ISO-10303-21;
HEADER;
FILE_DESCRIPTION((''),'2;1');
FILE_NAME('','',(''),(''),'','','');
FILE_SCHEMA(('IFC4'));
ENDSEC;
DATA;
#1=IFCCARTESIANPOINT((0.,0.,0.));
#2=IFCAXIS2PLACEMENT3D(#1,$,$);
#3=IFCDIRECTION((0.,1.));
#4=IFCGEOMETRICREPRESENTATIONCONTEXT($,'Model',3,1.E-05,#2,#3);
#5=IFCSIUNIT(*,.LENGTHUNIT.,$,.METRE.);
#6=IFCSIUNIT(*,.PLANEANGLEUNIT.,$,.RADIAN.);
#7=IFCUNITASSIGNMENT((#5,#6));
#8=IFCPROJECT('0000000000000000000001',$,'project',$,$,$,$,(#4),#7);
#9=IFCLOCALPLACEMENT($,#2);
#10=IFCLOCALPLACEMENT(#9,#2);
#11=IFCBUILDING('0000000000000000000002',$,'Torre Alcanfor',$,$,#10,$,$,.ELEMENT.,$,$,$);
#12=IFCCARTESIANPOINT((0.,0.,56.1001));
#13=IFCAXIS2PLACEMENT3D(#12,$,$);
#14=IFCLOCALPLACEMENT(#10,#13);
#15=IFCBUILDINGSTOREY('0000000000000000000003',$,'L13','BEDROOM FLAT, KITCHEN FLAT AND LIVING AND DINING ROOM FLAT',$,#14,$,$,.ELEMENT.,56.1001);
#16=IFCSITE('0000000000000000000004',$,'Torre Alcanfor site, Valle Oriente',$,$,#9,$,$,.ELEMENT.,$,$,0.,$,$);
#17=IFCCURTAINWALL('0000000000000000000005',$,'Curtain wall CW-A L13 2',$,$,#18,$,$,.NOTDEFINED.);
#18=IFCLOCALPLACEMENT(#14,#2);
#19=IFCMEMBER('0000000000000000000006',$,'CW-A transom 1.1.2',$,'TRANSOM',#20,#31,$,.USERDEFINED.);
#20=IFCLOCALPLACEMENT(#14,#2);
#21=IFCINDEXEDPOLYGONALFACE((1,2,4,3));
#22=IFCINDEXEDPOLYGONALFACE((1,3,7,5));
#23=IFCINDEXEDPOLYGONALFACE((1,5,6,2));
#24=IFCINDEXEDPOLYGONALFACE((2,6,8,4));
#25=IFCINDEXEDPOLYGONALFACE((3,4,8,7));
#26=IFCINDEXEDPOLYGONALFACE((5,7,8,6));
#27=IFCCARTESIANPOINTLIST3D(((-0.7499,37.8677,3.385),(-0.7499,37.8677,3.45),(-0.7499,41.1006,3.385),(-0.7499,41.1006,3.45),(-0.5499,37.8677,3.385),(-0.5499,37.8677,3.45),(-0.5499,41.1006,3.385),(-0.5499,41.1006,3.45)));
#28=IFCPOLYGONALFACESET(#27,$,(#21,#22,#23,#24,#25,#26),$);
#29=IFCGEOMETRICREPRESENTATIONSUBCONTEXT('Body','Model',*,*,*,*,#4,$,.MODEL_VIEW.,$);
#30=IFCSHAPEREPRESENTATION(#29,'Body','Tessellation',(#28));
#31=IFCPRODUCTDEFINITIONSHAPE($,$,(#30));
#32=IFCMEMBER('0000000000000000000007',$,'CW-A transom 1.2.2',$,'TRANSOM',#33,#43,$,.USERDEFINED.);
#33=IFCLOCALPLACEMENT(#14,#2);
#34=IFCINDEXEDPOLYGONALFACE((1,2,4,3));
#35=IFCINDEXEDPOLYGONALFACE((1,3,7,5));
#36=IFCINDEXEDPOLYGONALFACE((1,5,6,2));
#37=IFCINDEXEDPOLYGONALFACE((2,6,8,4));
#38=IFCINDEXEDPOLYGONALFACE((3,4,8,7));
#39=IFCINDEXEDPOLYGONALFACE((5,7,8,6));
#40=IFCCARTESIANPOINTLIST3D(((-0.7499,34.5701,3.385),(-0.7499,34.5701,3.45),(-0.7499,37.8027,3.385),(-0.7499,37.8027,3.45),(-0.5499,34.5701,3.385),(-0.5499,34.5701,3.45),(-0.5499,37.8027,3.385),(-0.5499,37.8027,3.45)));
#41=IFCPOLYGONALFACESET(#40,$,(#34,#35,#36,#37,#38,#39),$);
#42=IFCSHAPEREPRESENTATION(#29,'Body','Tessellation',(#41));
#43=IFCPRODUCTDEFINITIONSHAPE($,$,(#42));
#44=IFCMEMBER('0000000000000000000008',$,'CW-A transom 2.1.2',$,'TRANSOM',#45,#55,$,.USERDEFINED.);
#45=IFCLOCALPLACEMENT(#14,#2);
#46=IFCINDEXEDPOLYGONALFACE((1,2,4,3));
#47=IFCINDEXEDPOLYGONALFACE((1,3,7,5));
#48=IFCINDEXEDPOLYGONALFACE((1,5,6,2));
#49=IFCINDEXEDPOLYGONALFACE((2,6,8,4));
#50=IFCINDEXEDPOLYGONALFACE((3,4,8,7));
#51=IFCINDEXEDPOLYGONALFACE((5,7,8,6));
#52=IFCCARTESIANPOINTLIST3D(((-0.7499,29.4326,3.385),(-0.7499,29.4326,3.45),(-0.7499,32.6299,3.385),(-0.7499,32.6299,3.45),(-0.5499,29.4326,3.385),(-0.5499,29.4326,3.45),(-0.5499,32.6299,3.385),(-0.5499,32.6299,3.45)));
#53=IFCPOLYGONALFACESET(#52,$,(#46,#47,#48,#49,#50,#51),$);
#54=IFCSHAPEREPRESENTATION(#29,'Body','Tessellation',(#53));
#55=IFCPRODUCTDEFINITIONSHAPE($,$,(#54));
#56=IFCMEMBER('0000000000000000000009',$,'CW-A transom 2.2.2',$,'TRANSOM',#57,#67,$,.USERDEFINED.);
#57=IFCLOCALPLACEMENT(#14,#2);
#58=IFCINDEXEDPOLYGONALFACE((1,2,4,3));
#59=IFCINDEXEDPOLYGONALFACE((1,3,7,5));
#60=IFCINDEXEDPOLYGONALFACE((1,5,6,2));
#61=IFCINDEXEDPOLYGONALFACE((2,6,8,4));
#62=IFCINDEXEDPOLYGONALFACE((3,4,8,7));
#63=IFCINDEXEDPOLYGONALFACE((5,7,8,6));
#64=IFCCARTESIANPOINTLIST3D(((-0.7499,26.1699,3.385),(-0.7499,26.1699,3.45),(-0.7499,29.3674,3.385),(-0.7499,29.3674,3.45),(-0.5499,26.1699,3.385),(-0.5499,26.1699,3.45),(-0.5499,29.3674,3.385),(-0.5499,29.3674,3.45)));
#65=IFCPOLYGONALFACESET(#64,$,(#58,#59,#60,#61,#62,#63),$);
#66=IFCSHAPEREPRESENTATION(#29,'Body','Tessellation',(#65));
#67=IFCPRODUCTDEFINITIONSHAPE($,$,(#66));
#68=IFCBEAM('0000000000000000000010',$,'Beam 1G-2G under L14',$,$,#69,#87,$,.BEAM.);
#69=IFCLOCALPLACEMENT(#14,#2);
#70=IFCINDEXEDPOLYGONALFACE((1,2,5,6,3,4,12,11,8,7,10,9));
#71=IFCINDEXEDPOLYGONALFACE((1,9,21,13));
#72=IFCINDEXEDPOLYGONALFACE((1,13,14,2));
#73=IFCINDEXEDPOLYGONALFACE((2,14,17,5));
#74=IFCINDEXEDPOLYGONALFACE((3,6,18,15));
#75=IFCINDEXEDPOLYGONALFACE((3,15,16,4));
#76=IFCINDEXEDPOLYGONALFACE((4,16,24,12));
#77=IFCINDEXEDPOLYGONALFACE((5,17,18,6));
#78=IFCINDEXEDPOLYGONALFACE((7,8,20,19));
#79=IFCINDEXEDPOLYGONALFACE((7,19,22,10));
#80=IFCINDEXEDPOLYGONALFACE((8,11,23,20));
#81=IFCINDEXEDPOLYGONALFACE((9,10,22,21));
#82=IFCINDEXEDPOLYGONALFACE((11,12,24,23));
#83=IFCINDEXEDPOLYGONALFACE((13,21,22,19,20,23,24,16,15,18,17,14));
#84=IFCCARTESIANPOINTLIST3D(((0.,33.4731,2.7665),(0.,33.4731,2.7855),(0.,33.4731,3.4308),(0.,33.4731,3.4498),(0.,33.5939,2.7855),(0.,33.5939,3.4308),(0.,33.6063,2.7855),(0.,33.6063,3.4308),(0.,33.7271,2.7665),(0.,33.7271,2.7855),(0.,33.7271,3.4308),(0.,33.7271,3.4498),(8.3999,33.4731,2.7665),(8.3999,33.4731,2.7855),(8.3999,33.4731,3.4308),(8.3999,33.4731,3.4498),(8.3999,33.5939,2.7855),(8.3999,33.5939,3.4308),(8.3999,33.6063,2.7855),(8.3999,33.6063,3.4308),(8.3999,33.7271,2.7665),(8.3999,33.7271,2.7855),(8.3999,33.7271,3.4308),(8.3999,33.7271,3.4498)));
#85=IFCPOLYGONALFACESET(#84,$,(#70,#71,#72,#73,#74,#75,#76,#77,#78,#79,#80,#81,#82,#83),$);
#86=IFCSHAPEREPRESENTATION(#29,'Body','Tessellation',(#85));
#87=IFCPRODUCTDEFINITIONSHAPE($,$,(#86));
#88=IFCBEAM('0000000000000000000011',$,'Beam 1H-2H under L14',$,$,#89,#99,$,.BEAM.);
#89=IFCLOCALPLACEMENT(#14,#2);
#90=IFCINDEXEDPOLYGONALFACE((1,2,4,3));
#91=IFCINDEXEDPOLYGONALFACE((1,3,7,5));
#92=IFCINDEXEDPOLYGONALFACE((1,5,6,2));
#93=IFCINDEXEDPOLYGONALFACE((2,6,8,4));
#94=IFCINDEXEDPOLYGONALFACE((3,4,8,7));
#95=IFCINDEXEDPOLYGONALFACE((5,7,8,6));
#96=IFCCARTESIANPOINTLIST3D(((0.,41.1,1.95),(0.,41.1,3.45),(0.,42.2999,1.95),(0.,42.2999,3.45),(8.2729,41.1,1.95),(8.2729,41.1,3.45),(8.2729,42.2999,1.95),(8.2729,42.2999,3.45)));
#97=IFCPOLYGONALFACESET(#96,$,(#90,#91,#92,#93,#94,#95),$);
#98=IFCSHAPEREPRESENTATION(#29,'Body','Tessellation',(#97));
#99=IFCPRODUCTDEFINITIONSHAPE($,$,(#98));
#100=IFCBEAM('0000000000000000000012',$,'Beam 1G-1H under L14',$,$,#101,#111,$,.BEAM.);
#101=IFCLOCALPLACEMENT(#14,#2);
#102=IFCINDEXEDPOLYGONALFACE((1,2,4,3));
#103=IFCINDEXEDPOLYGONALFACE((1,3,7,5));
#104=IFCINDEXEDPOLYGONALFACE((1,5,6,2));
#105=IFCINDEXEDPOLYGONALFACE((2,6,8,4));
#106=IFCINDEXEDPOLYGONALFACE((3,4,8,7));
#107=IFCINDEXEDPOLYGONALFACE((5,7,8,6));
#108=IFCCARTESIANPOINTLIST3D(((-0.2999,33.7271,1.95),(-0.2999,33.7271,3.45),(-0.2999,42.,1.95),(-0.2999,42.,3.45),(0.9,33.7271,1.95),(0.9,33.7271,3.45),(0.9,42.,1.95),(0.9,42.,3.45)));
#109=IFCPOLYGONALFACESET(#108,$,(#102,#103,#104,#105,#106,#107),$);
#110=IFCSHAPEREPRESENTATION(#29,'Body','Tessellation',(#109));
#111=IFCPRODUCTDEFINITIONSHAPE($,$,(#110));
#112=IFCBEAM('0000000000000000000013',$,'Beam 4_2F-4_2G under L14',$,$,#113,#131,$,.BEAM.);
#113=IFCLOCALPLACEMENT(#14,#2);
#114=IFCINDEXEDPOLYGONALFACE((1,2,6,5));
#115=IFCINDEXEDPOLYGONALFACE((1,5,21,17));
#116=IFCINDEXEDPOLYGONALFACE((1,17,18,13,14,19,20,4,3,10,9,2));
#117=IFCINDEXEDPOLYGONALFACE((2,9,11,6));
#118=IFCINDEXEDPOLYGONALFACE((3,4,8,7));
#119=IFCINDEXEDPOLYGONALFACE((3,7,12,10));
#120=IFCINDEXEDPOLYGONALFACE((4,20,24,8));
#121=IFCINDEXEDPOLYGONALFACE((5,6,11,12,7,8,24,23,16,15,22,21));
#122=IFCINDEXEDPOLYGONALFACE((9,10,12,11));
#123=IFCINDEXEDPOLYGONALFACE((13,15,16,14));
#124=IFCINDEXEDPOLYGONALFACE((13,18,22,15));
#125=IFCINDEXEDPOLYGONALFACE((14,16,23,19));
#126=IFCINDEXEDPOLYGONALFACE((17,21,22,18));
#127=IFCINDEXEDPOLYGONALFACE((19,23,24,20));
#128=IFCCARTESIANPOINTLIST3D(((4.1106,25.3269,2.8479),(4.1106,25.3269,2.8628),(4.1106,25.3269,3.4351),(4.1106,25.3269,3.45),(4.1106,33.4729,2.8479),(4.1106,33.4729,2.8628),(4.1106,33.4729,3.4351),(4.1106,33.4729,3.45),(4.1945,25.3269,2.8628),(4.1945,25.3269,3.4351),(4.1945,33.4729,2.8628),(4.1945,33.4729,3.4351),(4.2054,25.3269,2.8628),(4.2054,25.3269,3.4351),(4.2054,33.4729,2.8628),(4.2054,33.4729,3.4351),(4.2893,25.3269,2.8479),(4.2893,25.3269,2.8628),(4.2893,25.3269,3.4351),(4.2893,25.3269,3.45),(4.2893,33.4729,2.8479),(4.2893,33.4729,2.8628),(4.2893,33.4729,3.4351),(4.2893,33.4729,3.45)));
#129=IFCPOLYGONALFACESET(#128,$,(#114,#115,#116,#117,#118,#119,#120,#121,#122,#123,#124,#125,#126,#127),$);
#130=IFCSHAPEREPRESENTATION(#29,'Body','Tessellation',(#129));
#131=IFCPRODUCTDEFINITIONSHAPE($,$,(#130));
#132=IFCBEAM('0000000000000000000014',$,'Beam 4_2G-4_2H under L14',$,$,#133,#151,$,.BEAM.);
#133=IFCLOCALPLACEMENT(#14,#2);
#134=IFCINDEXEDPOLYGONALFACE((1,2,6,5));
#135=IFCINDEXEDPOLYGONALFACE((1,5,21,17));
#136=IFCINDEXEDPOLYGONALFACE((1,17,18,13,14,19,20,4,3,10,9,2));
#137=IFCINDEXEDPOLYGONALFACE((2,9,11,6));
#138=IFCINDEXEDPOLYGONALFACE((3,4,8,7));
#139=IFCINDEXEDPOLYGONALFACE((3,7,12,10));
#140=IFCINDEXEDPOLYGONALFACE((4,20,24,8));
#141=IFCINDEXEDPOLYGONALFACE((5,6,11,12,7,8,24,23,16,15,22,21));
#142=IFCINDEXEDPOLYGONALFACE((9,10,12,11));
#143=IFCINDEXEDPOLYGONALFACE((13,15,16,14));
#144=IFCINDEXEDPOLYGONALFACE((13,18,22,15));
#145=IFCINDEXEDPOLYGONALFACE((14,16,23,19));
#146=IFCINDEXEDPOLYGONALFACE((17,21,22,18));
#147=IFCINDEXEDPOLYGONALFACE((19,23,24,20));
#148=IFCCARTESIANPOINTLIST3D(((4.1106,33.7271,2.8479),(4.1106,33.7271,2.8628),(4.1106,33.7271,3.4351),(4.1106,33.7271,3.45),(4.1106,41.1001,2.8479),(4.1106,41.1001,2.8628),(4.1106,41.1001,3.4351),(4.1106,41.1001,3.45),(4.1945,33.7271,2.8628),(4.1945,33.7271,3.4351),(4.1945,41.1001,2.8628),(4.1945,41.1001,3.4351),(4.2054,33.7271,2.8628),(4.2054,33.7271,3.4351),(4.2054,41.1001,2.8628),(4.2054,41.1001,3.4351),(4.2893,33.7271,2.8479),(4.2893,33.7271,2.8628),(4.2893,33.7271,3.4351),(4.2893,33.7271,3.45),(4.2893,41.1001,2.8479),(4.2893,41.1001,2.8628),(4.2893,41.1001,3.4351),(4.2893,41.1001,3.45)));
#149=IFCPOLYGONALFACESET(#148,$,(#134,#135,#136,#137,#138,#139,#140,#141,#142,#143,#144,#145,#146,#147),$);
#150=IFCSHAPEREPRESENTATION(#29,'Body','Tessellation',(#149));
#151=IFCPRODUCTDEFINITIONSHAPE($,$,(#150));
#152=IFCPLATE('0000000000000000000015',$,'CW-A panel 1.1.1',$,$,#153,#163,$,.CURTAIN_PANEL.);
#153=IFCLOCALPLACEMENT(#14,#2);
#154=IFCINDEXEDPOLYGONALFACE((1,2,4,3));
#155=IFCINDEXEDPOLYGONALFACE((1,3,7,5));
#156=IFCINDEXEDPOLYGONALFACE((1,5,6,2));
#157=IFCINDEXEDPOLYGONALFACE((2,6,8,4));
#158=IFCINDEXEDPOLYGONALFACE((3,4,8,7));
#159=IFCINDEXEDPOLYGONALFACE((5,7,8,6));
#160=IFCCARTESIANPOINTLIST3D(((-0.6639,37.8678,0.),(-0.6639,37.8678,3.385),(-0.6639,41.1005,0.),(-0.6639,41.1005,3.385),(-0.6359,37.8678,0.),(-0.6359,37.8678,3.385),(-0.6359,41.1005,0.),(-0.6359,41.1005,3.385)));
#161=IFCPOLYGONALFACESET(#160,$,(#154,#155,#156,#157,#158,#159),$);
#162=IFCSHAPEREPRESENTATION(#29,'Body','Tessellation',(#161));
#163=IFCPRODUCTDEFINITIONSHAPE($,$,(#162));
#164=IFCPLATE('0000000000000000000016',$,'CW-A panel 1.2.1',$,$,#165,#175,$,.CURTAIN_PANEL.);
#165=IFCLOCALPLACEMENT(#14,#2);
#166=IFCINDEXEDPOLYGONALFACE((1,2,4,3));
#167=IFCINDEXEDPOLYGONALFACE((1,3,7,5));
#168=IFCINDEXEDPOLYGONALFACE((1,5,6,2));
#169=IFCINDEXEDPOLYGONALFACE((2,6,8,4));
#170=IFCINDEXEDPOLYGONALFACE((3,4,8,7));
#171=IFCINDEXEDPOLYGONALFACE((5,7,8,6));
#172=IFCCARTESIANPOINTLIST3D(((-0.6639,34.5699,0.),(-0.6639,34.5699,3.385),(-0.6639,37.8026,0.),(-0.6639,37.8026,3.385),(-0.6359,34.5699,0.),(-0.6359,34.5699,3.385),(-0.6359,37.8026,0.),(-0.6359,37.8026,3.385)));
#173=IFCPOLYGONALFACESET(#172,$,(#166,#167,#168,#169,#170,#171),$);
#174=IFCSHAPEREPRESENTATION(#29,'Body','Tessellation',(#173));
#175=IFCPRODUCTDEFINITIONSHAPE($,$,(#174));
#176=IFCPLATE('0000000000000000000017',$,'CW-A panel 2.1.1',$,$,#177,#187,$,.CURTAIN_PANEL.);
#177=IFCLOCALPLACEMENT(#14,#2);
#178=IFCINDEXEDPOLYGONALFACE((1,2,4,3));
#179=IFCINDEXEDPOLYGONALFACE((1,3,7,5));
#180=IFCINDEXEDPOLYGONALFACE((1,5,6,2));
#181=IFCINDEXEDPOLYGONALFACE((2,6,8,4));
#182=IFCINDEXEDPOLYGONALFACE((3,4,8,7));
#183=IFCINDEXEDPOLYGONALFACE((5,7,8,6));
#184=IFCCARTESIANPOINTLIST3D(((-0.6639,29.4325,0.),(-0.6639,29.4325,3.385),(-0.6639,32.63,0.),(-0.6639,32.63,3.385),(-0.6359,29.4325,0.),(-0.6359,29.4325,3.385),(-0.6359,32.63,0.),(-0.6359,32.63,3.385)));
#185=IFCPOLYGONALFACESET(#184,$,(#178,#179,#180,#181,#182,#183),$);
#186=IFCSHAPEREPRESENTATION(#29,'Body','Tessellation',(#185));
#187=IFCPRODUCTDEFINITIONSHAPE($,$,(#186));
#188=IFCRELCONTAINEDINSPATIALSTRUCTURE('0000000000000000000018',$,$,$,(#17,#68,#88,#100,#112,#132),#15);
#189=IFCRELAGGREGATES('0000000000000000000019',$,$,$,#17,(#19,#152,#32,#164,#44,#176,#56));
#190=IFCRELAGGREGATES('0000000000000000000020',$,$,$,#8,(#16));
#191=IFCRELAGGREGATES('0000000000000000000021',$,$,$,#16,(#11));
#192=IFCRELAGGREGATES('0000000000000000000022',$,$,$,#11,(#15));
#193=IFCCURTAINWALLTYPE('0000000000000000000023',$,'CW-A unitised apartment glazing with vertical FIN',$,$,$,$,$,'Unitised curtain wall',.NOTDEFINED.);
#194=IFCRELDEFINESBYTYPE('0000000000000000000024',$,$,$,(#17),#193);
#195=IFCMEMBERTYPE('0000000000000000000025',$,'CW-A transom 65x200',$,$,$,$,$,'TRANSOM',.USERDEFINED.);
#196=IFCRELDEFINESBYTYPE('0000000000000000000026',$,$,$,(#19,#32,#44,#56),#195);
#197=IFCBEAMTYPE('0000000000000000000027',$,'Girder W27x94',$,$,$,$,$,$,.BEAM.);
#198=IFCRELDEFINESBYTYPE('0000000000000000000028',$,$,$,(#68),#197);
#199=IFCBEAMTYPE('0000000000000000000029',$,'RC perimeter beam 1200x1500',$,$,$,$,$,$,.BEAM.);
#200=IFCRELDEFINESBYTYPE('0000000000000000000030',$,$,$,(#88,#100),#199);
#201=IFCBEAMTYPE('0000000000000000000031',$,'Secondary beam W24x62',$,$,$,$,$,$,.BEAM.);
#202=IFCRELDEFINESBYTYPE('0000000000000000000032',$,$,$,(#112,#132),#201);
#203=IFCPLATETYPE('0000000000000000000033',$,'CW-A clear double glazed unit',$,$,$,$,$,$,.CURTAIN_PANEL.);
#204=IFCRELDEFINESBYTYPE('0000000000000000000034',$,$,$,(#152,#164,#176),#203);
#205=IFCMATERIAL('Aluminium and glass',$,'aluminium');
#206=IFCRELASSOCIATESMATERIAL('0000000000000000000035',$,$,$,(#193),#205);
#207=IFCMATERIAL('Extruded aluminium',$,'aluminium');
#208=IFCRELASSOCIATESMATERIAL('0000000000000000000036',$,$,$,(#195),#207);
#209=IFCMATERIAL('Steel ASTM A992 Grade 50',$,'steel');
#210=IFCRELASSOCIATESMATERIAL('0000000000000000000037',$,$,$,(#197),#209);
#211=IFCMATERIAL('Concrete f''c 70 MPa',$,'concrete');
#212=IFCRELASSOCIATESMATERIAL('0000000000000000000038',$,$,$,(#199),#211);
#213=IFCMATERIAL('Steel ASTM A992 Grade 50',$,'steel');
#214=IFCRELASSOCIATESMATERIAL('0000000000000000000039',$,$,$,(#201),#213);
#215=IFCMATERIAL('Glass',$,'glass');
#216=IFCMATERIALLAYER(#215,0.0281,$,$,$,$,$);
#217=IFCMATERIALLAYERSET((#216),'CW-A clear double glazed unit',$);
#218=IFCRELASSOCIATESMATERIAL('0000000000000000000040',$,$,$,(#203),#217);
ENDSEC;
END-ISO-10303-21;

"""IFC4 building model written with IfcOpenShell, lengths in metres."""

from ifc_helpers import new_model, si_unit, direction, frame, origin, origin_2d, place, context, subcontext, project, spatial, rectangle, i_section, extrude, material, layer, layer_set, material_profile, profile_set, type_object, element, aggregate, save


model = new_model("IFC4")

# Units and contexts
model_context = context("Model", 3, precision=1e-05, world=origin(), true_north=direction((0.0, 1.0)))
body_context = subcontext(model_context, "Body", "Model", "MODEL_VIEW")
ifc_project = project(units=[si_unit("LENGTHUNIT", "METRE"), si_unit("PLANEANGLEUNIT", "RADIAN")], contexts=[model_context])

# Site, building, storey
site_placement = place(None, origin())
site = spatial("IfcSite", under=ifc_project, at=site_placement, Name="Torre Alcanfor site, Valle Oriente", CompositionType="ELEMENT", RefElevation=0.0)
building_placement = place(site_placement, origin())
building = spatial("IfcBuilding", under=site, at=building_placement, Name="Torre Alcanfor", CompositionType="ELEMENT")
storey_placement = place(building_placement, frame((0.0, 0.0, 56.1001)))
storey = spatial("IfcBuildingStorey", under=building, at=storey_placement, Name="L13", Description="BEDROOM FLAT, KITCHEN FLAT AND LIVING AND DINING ROOM FLAT", CompositionType="ELEMENT", Elevation=56.1001)

# Curtain wall, members
ifc_material_1 = material(Name="Aluminium and glass", Category="aluminium")
curtain_wall_type = type_object("IfcCurtainWallType", Name="CW-A unitised apartment glazing with vertical FIN", ElementType="Unitised curtain wall", PredefinedType="NOTDEFINED", material=ifc_material_1)
curtain_wall_placement = place(storey_placement, origin())
curtain_wall = element("IfcCurtainWall", 1, at=curtain_wall_placement, inside=storey, type_object=curtain_wall_type, Name="Curtain wall CW-A L13 2", PredefinedType="NOTDEFINED")
ifc_material_2 = material(Name="Extruded aluminium", Category="aluminium")
ifc_material_profile_1 = material_profile(ifc_material_2, rectangle(XDim=0.2, YDim=0.0649, at=origin_2d()), Name="CW-A transom 200x65")
ifc_profile_set_1 = profile_set([ifc_material_profile_1], Name="Extruded aluminium")
member_type_1 = type_object("IfcMemberType", Name="CW-A transom 65x200", ElementType="TRANSOM", PredefinedType="USERDEFINED", material=ifc_profile_set_1)
member_1_placement = place(storey_placement, frame((-0.6499, 41.1006, 3.4175), z_axis=(0.0, -1.0, 0.0), x_axis=(1.0, 0.0, 0.0)))
member_1 = element("IfcMember", 2, at=member_1_placement, type_object=member_type_1, Name="CW-A transom 1.1.2", ObjectType="TRANSOM", PredefinedType="USERDEFINED", context=body_context, shape_type="SweptSolid", body=[
    extrude(rectangle(XDim=0.2, YDim=0.0649, at=origin_2d()), origin(), (0.0, 0.0, 1.0), 3.2329),
])
member_2_placement = place(storey_placement, frame((-0.6499, 37.8027, 3.4175), z_axis=(0.0, -1.0, 0.0), x_axis=(1.0, 0.0, 0.0)))
member_2 = element("IfcMember", 3, at=member_2_placement, type_object=member_type_1, Name="CW-A transom 1.2.2", ObjectType="TRANSOM", PredefinedType="USERDEFINED", context=body_context, shape_type="SweptSolid", body=[
    extrude(rectangle(XDim=0.2, YDim=0.0649, at=origin_2d()), origin(), (0.0, 0.0, 1.0), 3.2327),
])
member_3_placement = place(storey_placement, frame((-0.6499, 32.6299, 3.4175), z_axis=(0.0, -1.0, 0.0), x_axis=(1.0, 0.0, 0.0)))
member_3 = element("IfcMember", 4, at=member_3_placement, type_object=member_type_1, Name="CW-A transom 2.1.2", ObjectType="TRANSOM", PredefinedType="USERDEFINED", context=body_context, shape_type="SweptSolid", body=[
    extrude(rectangle(XDim=0.2, YDim=0.0649, at=origin_2d()), origin(), (0.0, 0.0, 1.0), 3.1973),
])
member_4_placement = place(storey_placement, frame((-0.6499, 29.3674, 3.4175), z_axis=(0.0, -1.0, 0.0), x_axis=(1.0, 0.0, 0.0)))
member_4 = element("IfcMember", 5, at=member_4_placement, type_object=member_type_1, Name="CW-A transom 2.2.2", ObjectType="TRANSOM", PredefinedType="USERDEFINED", context=body_context, shape_type="SweptSolid", body=[
    extrude(rectangle(XDim=0.2, YDim=0.0649, at=origin_2d()), origin(), (0.0, 0.0, 1.0), 3.1975),
])

# Beams
ifc_material_3 = material(Name="Steel ASTM A992 Grade 50", Category="steel")
ifc_material_profile_2 = material_profile(ifc_material_3, i_section(OverallWidth=0.2539, OverallDepth=0.6833, WebThickness=0.0125, FlangeThickness=0.019, at=origin_2d()), Name="W27x94")
ifc_profile_set_2 = profile_set([ifc_material_profile_2], Name="Steel ASTM A992 Grade 50")
beam_type_1 = type_object("IfcBeamType", Name="Girder W27x94", PredefinedType="BEAM", material=ifc_profile_set_2)
beam_1_placement = place(storey_placement, frame((0.0, 33.6001, 3.1082), z_axis=(1.0, 0.0, 0.0), x_axis=(0.0, 1.0, 0.0)))
element("IfcBeam", 6, at=beam_1_placement, inside=storey, type_object=beam_type_1, Name="Beam 1G-2G under L14", PredefinedType="BEAM", context=body_context, shape_type="SweptSolid", body=[
    extrude(i_section(OverallWidth=0.2539, OverallDepth=0.6833, WebThickness=0.0125, FlangeThickness=0.019, at=origin_2d()), origin(), (0.0, 0.0, 1.0), 8.3999),
])
ifc_material_4 = material(Name="Concrete f'c 70 MPa", Category="concrete")
ifc_material_profile_3 = material_profile(ifc_material_4, rectangle(XDim=1.2, YDim=1.5, at=origin_2d()), Name="1200x1500")
ifc_profile_set_3 = profile_set([ifc_material_profile_3], Name="Concrete f'c 70 MPa")
beam_type_2 = type_object("IfcBeamType", Name="RC perimeter beam 1200x1500", PredefinedType="BEAM", material=ifc_profile_set_3)
for number, where, z_axis, x_axis, name in (
    (7, (0.0, 41.7, 2.7), (1.0, 0.0, 0.0), (0.0, 1.0, 0.0), "Beam 1H-2H under L14"),
    (8, (0.3, 33.7271, 2.7), (0.0, 1.0, 0.0), (-1.0, 0.0, 0.0), "Beam 1G-1H under L14"),
):
    element("IfcBeam", number, at=place(storey_placement, frame(where, z_axis=z_axis, x_axis=x_axis)), inside=storey, type_object=beam_type_2, Name=name, PredefinedType="BEAM", context=body_context, shape_type="SweptSolid", body=[
        extrude(rectangle(XDim=1.2, YDim=1.5, at=origin_2d()), origin(), (0.0, 0.0, 1.0), 8.2729),
    ])
ifc_material_5 = material(Name="Steel ASTM A992 Grade 50", Category="steel")
ifc_material_profile_4 = material_profile(ifc_material_5, i_section(OverallWidth=0.1787, OverallDepth=0.6021, WebThickness=0.011, FlangeThickness=0.0149, at=origin_2d()), Name="W24x62")
ifc_profile_set_4 = profile_set([ifc_material_profile_4], Name="Steel ASTM A992 Grade 50")
beam_type_3 = type_object("IfcBeamType", Name="Secondary beam W24x62", PredefinedType="BEAM", material=ifc_profile_set_4)
beam_2_placement = place(storey_placement, frame((4.2, 25.3269, 3.1489), z_axis=(0.0, 1.0, 0.0), x_axis=(-1.0, 0.0, 0.0)))
element("IfcBeam", 9, at=beam_2_placement, inside=storey, type_object=beam_type_3, Name="Beam 4_2F-4_2G under L14", PredefinedType="BEAM", context=body_context, shape_type="SweptSolid", body=[
    extrude(i_section(OverallWidth=0.1787, OverallDepth=0.6021, WebThickness=0.011, FlangeThickness=0.0149, at=origin_2d()), origin(), (0.0, 0.0, 1.0), 8.146),
])
beam_3_placement = place(storey_placement, frame((4.2, 33.7271, 3.1489), z_axis=(0.0, 1.0, 0.0), x_axis=(-1.0, 0.0, 0.0)))
element("IfcBeam", 10, at=beam_3_placement, inside=storey, type_object=beam_type_3, Name="Beam 4_2G-4_2H under L14", PredefinedType="BEAM", context=body_context, shape_type="SweptSolid", body=[
    extrude(i_section(OverallWidth=0.1787, OverallDepth=0.6021, WebThickness=0.011, FlangeThickness=0.0149, at=origin_2d()), origin(), (0.0, 0.0, 1.0), 7.373),
])

# Plates
ifc_material_6 = material(Name="Glass", Category="glass")
ifc_layer_1 = layer(ifc_material_6, 0.0281)
ifc_layer_set_1 = layer_set([ifc_layer_1], Name="CW-A clear double glazed unit")
plate_type = type_object("IfcPlateType", Name="CW-A clear double glazed unit", PredefinedType="CURTAIN_PANEL", material=ifc_layer_set_1)
plate_1_placement = place(storey_placement, frame((-0.6499, 39.4841, 0.0), z_axis=(0.0, 0.0, 1.0), x_axis=(0.0, -1.0, 0.0)))
plate_1 = element("IfcPlate", 11, at=plate_1_placement, type_object=plate_type, Name="CW-A panel 1.1.1", PredefinedType="CURTAIN_PANEL", context=body_context, shape_type="SweptSolid", body=[
    extrude(rectangle(XDim=3.2327, YDim=0.0281, at=origin_2d()), origin(), (0.0, 0.0, 1.0), 3.385),
])
plate_2_placement = place(storey_placement, frame((-0.6499, 36.1863, 0.0), z_axis=(0.0, 0.0, 1.0), x_axis=(0.0, -1.0, 0.0)))
plate_2 = element("IfcPlate", 12, at=plate_2_placement, type_object=plate_type, Name="CW-A panel 1.2.1", PredefinedType="CURTAIN_PANEL", context=body_context, shape_type="SweptSolid", body=[
    extrude(rectangle(XDim=3.2327, YDim=0.0281, at=origin_2d()), origin(), (0.0, 0.0, 1.0), 3.385),
])
plate_3_placement = place(storey_placement, frame((-0.6499, 31.0312, 0.0), z_axis=(0.0, 0.0, 1.0), x_axis=(0.0, -1.0, 0.0)))
plate_3 = element("IfcPlate", 13, at=plate_3_placement, type_object=plate_type, Name="CW-A panel 2.1.1", PredefinedType="CURTAIN_PANEL", context=body_context, shape_type="SweptSolid", body=[
    extrude(rectangle(XDim=3.1975, YDim=0.0281, at=origin_2d()), origin(), (0.0, 0.0, 1.0), 3.385),
])
aggregate(curtain_wall, [member_1, plate_1, member_2, plate_2, member_3, plate_3, member_4])

save(model, "model.ifc")
